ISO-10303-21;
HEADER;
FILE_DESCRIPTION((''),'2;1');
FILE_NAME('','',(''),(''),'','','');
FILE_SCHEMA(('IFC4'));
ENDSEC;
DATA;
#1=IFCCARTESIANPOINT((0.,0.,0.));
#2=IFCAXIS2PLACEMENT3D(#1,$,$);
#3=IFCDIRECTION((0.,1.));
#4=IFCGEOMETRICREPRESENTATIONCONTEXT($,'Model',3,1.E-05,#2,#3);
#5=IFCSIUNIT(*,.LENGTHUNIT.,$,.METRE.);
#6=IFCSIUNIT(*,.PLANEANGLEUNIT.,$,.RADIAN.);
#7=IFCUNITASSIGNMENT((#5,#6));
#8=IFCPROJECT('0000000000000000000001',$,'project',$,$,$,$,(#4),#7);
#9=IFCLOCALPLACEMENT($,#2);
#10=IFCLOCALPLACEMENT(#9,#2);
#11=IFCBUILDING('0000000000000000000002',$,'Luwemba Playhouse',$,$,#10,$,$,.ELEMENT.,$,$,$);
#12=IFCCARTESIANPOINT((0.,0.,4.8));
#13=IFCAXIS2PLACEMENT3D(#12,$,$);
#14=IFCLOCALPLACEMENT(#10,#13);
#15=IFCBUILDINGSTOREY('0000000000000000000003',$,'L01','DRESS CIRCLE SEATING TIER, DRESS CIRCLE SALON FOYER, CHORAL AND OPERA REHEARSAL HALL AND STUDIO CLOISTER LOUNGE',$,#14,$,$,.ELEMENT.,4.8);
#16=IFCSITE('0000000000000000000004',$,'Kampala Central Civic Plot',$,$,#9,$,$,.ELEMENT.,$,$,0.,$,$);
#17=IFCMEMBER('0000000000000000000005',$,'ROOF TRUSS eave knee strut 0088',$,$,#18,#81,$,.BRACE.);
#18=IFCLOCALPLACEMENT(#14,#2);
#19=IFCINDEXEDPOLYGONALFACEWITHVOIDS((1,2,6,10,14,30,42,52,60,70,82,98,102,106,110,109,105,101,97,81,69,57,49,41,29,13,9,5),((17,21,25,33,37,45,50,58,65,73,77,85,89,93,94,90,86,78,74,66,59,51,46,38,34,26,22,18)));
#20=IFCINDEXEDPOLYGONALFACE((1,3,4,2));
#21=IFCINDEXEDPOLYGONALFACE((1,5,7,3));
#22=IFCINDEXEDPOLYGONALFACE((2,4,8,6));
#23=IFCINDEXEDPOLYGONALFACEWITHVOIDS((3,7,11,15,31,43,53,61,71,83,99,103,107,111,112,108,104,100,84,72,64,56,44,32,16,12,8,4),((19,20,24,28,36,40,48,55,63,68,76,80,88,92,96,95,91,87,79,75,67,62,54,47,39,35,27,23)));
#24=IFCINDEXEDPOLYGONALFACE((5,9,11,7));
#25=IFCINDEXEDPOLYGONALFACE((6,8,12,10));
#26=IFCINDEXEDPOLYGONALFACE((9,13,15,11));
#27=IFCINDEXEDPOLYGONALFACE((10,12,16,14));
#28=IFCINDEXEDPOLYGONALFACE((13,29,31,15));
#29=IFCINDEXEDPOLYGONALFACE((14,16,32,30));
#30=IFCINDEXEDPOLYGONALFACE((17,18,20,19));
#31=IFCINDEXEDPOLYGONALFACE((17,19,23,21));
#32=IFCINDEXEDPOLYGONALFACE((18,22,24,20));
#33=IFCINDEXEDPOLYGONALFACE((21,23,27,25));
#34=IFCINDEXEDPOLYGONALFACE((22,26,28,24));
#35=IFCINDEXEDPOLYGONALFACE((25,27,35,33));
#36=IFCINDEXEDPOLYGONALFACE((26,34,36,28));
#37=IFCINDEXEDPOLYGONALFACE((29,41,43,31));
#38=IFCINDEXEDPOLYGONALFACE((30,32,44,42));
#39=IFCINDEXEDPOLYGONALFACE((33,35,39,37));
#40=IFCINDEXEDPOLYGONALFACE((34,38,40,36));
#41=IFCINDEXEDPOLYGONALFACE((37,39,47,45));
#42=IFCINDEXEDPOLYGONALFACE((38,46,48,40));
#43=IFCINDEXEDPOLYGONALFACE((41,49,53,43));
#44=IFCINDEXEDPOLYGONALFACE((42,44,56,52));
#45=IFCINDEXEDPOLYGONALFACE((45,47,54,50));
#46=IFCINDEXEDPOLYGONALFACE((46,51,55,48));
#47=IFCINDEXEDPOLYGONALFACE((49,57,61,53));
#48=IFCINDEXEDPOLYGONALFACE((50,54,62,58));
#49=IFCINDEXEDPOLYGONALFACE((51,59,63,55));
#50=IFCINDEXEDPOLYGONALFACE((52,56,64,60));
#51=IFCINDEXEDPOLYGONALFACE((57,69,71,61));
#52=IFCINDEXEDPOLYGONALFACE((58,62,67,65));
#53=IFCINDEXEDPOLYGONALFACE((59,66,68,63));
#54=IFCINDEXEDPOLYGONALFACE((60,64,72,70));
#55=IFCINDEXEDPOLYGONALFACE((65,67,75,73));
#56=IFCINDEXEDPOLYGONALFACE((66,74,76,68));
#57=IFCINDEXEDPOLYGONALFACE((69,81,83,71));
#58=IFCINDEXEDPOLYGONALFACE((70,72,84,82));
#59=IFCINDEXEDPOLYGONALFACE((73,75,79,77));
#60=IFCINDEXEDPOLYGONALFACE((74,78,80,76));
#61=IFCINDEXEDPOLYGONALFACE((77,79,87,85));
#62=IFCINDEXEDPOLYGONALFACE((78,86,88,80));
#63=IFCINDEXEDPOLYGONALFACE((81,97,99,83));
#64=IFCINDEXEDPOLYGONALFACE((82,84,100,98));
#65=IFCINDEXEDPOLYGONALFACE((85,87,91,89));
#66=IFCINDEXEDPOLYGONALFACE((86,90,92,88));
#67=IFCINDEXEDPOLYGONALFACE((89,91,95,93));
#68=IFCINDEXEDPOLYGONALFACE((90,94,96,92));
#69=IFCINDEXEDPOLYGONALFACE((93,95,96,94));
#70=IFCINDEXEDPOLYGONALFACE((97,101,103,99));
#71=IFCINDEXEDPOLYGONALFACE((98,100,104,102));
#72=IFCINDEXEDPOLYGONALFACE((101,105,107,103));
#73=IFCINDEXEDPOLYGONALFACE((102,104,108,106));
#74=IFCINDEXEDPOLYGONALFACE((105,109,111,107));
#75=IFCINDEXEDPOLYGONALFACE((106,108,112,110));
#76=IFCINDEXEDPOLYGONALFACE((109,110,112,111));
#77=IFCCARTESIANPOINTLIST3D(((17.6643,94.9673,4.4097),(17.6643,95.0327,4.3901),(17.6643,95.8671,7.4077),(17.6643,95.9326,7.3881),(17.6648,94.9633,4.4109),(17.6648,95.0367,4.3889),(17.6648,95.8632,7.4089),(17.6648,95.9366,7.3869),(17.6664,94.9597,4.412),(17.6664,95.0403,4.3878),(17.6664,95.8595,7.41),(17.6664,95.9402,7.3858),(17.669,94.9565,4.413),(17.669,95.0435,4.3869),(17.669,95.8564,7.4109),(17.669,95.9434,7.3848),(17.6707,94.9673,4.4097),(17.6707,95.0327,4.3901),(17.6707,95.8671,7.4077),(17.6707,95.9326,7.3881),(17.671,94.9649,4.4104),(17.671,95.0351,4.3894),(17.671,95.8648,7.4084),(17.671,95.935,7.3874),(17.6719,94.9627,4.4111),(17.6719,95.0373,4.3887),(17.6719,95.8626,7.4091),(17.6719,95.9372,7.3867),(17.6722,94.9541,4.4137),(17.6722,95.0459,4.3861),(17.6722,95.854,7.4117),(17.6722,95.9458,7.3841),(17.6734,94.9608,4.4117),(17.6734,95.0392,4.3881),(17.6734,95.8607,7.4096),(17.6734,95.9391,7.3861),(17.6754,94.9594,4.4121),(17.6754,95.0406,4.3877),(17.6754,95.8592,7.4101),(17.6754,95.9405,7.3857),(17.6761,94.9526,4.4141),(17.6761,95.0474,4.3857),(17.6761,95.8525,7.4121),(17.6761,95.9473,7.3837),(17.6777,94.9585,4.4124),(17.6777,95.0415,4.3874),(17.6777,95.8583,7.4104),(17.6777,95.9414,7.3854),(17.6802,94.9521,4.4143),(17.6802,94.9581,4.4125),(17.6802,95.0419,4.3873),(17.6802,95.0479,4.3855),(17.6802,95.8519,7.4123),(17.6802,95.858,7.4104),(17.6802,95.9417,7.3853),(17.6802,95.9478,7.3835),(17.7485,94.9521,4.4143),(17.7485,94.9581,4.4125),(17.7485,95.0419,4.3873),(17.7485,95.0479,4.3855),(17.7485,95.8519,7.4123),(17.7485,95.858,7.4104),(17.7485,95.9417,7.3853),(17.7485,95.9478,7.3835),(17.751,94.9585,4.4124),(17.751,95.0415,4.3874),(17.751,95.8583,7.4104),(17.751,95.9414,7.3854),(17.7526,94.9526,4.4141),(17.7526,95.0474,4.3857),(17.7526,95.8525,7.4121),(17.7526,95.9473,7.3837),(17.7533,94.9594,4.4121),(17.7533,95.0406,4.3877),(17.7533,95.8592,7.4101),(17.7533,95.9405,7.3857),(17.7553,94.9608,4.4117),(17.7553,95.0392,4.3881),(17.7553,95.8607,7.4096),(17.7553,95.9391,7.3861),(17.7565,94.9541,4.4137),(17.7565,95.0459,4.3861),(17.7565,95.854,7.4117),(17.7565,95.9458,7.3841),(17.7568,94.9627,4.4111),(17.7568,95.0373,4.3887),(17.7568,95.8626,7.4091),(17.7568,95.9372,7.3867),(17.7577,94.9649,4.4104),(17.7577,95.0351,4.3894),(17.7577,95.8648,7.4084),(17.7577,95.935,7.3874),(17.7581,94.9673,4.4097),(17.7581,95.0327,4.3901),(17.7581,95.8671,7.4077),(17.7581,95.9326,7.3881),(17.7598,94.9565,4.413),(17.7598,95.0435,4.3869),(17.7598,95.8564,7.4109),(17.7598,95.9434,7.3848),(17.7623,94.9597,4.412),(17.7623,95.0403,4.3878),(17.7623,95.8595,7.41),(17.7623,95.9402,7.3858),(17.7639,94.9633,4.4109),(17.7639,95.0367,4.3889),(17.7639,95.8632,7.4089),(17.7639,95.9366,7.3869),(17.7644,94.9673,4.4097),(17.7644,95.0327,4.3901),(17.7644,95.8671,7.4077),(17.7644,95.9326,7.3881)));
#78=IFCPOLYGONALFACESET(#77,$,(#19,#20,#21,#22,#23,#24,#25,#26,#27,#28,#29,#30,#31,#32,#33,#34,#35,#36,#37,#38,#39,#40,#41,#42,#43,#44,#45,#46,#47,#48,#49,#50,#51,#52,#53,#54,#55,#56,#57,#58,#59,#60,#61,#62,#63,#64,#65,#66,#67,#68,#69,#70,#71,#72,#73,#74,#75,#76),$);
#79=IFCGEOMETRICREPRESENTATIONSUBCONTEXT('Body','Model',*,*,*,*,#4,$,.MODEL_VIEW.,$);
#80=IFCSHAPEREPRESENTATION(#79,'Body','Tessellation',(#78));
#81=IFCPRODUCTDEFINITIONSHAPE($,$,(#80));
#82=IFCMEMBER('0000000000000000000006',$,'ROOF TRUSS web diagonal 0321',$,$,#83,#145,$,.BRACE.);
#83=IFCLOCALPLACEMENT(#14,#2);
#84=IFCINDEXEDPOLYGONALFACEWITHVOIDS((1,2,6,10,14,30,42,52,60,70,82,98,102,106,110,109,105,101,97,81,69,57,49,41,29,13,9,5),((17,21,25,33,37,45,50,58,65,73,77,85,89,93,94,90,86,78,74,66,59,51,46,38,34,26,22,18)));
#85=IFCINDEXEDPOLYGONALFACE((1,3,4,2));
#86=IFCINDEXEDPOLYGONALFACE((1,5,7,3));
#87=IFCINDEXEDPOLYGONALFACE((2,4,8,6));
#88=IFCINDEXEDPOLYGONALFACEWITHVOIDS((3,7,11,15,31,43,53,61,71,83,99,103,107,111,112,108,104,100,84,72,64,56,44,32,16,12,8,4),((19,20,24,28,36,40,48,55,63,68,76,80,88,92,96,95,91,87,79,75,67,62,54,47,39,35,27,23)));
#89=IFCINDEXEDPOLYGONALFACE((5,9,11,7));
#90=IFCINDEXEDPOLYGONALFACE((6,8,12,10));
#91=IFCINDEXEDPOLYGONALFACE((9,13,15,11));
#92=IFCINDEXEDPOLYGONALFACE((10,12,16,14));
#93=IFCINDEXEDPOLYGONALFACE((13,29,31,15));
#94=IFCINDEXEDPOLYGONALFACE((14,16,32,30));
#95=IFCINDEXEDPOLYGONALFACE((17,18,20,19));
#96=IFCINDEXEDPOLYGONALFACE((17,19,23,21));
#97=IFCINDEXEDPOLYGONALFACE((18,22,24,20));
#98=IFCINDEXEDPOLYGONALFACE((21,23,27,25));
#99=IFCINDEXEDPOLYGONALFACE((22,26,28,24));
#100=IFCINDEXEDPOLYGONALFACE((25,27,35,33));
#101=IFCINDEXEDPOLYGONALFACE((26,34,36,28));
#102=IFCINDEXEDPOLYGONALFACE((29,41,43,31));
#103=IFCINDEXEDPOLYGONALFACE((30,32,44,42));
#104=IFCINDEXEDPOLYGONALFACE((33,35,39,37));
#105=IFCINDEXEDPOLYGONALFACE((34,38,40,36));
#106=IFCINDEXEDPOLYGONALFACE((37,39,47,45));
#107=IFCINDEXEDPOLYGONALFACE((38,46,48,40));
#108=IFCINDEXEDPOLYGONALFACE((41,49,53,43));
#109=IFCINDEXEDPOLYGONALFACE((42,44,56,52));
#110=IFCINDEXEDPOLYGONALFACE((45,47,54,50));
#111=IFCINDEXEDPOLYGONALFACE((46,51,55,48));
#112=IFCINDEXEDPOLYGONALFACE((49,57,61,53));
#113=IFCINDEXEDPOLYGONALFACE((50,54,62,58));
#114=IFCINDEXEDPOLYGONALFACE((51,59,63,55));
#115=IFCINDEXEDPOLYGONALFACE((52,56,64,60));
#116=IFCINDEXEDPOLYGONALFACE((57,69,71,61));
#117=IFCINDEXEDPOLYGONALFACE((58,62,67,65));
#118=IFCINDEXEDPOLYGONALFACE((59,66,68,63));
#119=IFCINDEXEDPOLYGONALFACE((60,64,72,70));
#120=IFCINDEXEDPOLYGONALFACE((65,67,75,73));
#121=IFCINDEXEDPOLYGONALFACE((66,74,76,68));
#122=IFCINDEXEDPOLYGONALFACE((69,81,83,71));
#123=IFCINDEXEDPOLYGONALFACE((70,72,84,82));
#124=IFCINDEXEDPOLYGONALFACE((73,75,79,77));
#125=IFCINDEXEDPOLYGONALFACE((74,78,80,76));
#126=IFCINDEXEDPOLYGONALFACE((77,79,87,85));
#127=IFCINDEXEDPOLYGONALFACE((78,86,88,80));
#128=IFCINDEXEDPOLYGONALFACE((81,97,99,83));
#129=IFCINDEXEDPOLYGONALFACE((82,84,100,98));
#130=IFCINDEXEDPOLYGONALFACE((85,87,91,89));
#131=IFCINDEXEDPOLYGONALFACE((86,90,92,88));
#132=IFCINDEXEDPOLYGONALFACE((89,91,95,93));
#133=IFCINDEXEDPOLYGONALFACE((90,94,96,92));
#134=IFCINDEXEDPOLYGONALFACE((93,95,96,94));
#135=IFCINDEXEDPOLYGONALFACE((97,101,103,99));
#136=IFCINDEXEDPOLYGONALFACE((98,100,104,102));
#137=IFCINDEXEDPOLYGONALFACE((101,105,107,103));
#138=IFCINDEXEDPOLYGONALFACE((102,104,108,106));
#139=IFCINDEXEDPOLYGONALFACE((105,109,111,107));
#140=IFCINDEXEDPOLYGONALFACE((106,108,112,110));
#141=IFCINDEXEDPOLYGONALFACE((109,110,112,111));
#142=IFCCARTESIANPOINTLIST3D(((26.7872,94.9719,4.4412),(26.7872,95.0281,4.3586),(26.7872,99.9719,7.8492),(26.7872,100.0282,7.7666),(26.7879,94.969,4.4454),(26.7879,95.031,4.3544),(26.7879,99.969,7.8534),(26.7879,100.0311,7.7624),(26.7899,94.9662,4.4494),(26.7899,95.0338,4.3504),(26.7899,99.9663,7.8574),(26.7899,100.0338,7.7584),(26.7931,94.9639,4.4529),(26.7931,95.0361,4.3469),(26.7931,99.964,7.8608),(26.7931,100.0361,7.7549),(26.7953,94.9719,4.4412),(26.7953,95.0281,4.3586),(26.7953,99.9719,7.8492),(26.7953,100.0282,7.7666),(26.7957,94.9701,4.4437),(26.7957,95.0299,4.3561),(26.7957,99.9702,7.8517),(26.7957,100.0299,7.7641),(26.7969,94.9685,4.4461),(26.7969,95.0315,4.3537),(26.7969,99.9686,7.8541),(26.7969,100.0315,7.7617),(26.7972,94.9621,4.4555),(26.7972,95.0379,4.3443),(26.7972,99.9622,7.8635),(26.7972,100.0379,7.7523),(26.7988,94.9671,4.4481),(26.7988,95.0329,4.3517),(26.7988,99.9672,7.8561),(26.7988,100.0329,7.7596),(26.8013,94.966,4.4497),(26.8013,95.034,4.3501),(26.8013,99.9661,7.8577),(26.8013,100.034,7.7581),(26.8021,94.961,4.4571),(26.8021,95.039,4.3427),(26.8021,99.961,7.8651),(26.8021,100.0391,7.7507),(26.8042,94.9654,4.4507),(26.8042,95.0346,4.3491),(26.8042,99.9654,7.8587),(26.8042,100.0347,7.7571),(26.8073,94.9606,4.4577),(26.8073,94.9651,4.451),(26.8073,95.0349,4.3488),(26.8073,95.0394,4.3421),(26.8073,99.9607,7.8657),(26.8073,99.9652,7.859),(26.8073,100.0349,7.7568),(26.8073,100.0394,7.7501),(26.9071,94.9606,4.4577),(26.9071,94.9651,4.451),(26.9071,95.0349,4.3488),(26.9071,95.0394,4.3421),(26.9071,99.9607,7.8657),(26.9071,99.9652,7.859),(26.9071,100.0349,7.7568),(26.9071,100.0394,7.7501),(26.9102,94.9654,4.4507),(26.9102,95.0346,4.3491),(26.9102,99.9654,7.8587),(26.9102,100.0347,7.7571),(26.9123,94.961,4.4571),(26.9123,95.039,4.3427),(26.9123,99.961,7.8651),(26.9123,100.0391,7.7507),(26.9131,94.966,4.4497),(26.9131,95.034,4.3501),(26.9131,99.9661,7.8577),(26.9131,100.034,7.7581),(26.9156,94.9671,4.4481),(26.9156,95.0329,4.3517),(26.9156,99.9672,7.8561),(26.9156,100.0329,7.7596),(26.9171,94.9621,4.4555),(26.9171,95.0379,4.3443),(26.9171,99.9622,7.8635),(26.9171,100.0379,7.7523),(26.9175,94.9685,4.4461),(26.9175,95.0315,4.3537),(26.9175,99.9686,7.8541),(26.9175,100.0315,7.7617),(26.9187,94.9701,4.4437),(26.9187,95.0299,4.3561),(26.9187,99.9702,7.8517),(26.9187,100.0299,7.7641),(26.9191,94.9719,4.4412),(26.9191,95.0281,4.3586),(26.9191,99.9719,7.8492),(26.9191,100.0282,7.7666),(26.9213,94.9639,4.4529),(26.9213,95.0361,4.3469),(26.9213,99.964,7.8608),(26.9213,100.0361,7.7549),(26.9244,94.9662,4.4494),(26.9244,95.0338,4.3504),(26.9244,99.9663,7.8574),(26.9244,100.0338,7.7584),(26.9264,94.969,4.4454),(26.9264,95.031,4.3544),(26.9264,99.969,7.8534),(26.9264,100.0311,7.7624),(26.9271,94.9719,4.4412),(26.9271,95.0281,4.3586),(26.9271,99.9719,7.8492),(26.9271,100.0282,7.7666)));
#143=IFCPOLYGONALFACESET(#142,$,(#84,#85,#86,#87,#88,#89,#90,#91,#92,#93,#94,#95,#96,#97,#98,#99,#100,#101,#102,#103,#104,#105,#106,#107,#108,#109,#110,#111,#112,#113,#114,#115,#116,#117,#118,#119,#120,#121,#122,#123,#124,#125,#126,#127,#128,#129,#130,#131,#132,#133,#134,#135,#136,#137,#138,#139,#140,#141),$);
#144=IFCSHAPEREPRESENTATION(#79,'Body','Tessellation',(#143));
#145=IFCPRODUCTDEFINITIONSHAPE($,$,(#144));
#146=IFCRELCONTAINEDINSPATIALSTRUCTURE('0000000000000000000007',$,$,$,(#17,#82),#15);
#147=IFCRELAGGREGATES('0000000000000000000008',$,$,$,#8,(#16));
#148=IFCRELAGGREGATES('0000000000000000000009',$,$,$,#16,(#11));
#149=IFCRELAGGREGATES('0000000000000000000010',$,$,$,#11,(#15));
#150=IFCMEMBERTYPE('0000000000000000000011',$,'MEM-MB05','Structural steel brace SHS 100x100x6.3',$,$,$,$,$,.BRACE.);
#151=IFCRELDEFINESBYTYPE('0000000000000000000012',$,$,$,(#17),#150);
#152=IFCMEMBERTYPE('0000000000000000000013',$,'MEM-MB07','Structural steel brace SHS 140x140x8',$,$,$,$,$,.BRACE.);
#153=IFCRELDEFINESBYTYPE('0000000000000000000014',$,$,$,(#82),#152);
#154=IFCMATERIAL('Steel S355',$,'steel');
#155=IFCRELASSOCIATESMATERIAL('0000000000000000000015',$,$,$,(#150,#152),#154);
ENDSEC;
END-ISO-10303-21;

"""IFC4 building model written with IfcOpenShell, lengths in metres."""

from ifc_helpers import new_model, si_unit, direction, frame, origin, origin_2d, place, context, subcontext, project, spatial, hollow_rectangle, extrude, material, material_profile, profile_set, type_object, element, save


model = new_model("IFC4")

# Units and contexts
model_context = context("Model", 3, precision=1e-05, world=origin(), true_north=direction((0.0, 1.0)))
body_context = subcontext(model_context, "Body", "Model", "MODEL_VIEW")
ifc_project = project(units=[si_unit("LENGTHUNIT", "METRE"), si_unit("PLANEANGLEUNIT", "RADIAN")], contexts=[model_context])

# Site, building, storey
site_placement = place(None, origin())
site = spatial("IfcSite", under=ifc_project, at=site_placement, Name="Kampala Central Civic Plot", CompositionType="ELEMENT", RefElevation=0.0)
building_placement = place(site_placement, origin())
building = spatial("IfcBuilding", under=site, at=building_placement, Name="Luwemba Playhouse", CompositionType="ELEMENT")
storey_placement = place(building_placement, frame((0.0, 0.0, 4.8)))
storey = spatial("IfcBuildingStorey", under=building, at=storey_placement, Name="L01", Description="DRESS CIRCLE SEATING TIER, DRESS CIRCLE SALON FOYER, CHORAL AND OPERA REHEARSAL HALL AND STUDIO CLOISTER LOUNGE", CompositionType="ELEMENT", Elevation=4.8)

# Shared definitions
ifc_material_1 = material(Name="Steel S355", Category="steel")

# Members
ifc_material_profile_1 = material_profile(ifc_material_1, hollow_rectangle(XDim=0.1001, YDim=0.1001, WallThickness=0.0063, InnerFilletRadius=0.0095, OuterFilletRadius=0.0159, at=origin_2d()))
ifc_profile_set_1 = profile_set([ifc_material_profile_1], Name="Steel S355")
member_type_1 = type_object("IfcMemberType", Name="MEM-MB05", Description="Structural steel brace SHS 100x100x6.3", PredefinedType="BRACE", material=ifc_profile_set_1)
member_1_placement = place(storey_placement, frame((17.7144, 95.0, 4.3999), z_axis=(0.0, 0.287491, 0.957783), x_axis=(-1.0, 0.0, 0.0)))
element("IfcMember", 1, at=member_1_placement, inside=storey, type_object=member_type_1, Name="ROOF TRUSS eave knee strut 0088", PredefinedType="BRACE", context=body_context, shape_type="SweptSolid", body=[
    extrude(hollow_rectangle(XDim=0.1001, YDim=0.1001, WallThickness=0.0063, InnerFilletRadius=0.0095, OuterFilletRadius=0.0159, at=origin_2d()), origin(), (0.0, 0.0, 1.0), 3.1301),
])
ifc_material_profile_2 = material_profile(ifc_material_1, hollow_rectangle(XDim=0.1399, YDim=0.1399, WallThickness=0.0081, InnerFilletRadius=0.012, OuterFilletRadius=0.02, at=origin_2d()))
ifc_profile_set_2 = profile_set([ifc_material_profile_2], Name="Steel S355")
member_type_2 = type_object("IfcMemberType", Name="MEM-MB07", Description="Structural steel brace SHS 140x140x8", PredefinedType="BRACE", material=ifc_profile_set_2)
member_2_placement = place(storey_placement, frame((26.8572, 95.0, 4.3999), z_axis=(0.0, 0.826314, 0.563209), x_axis=(-1.0, 0.0, 0.0)))
element("IfcMember", 2, at=member_2_placement, inside=storey, type_object=member_type_2, Name="ROOF TRUSS web diagonal 0321", PredefinedType="BRACE", context=body_context, shape_type="SweptSolid", body=[
    extrude(hollow_rectangle(XDim=0.1399, YDim=0.1399, WallThickness=0.0081, InnerFilletRadius=0.012, OuterFilletRadius=0.02, at=origin_2d()), origin(), (0.0, 0.0, 1.0), 6.051),
])

save(model, "model.ifc")
